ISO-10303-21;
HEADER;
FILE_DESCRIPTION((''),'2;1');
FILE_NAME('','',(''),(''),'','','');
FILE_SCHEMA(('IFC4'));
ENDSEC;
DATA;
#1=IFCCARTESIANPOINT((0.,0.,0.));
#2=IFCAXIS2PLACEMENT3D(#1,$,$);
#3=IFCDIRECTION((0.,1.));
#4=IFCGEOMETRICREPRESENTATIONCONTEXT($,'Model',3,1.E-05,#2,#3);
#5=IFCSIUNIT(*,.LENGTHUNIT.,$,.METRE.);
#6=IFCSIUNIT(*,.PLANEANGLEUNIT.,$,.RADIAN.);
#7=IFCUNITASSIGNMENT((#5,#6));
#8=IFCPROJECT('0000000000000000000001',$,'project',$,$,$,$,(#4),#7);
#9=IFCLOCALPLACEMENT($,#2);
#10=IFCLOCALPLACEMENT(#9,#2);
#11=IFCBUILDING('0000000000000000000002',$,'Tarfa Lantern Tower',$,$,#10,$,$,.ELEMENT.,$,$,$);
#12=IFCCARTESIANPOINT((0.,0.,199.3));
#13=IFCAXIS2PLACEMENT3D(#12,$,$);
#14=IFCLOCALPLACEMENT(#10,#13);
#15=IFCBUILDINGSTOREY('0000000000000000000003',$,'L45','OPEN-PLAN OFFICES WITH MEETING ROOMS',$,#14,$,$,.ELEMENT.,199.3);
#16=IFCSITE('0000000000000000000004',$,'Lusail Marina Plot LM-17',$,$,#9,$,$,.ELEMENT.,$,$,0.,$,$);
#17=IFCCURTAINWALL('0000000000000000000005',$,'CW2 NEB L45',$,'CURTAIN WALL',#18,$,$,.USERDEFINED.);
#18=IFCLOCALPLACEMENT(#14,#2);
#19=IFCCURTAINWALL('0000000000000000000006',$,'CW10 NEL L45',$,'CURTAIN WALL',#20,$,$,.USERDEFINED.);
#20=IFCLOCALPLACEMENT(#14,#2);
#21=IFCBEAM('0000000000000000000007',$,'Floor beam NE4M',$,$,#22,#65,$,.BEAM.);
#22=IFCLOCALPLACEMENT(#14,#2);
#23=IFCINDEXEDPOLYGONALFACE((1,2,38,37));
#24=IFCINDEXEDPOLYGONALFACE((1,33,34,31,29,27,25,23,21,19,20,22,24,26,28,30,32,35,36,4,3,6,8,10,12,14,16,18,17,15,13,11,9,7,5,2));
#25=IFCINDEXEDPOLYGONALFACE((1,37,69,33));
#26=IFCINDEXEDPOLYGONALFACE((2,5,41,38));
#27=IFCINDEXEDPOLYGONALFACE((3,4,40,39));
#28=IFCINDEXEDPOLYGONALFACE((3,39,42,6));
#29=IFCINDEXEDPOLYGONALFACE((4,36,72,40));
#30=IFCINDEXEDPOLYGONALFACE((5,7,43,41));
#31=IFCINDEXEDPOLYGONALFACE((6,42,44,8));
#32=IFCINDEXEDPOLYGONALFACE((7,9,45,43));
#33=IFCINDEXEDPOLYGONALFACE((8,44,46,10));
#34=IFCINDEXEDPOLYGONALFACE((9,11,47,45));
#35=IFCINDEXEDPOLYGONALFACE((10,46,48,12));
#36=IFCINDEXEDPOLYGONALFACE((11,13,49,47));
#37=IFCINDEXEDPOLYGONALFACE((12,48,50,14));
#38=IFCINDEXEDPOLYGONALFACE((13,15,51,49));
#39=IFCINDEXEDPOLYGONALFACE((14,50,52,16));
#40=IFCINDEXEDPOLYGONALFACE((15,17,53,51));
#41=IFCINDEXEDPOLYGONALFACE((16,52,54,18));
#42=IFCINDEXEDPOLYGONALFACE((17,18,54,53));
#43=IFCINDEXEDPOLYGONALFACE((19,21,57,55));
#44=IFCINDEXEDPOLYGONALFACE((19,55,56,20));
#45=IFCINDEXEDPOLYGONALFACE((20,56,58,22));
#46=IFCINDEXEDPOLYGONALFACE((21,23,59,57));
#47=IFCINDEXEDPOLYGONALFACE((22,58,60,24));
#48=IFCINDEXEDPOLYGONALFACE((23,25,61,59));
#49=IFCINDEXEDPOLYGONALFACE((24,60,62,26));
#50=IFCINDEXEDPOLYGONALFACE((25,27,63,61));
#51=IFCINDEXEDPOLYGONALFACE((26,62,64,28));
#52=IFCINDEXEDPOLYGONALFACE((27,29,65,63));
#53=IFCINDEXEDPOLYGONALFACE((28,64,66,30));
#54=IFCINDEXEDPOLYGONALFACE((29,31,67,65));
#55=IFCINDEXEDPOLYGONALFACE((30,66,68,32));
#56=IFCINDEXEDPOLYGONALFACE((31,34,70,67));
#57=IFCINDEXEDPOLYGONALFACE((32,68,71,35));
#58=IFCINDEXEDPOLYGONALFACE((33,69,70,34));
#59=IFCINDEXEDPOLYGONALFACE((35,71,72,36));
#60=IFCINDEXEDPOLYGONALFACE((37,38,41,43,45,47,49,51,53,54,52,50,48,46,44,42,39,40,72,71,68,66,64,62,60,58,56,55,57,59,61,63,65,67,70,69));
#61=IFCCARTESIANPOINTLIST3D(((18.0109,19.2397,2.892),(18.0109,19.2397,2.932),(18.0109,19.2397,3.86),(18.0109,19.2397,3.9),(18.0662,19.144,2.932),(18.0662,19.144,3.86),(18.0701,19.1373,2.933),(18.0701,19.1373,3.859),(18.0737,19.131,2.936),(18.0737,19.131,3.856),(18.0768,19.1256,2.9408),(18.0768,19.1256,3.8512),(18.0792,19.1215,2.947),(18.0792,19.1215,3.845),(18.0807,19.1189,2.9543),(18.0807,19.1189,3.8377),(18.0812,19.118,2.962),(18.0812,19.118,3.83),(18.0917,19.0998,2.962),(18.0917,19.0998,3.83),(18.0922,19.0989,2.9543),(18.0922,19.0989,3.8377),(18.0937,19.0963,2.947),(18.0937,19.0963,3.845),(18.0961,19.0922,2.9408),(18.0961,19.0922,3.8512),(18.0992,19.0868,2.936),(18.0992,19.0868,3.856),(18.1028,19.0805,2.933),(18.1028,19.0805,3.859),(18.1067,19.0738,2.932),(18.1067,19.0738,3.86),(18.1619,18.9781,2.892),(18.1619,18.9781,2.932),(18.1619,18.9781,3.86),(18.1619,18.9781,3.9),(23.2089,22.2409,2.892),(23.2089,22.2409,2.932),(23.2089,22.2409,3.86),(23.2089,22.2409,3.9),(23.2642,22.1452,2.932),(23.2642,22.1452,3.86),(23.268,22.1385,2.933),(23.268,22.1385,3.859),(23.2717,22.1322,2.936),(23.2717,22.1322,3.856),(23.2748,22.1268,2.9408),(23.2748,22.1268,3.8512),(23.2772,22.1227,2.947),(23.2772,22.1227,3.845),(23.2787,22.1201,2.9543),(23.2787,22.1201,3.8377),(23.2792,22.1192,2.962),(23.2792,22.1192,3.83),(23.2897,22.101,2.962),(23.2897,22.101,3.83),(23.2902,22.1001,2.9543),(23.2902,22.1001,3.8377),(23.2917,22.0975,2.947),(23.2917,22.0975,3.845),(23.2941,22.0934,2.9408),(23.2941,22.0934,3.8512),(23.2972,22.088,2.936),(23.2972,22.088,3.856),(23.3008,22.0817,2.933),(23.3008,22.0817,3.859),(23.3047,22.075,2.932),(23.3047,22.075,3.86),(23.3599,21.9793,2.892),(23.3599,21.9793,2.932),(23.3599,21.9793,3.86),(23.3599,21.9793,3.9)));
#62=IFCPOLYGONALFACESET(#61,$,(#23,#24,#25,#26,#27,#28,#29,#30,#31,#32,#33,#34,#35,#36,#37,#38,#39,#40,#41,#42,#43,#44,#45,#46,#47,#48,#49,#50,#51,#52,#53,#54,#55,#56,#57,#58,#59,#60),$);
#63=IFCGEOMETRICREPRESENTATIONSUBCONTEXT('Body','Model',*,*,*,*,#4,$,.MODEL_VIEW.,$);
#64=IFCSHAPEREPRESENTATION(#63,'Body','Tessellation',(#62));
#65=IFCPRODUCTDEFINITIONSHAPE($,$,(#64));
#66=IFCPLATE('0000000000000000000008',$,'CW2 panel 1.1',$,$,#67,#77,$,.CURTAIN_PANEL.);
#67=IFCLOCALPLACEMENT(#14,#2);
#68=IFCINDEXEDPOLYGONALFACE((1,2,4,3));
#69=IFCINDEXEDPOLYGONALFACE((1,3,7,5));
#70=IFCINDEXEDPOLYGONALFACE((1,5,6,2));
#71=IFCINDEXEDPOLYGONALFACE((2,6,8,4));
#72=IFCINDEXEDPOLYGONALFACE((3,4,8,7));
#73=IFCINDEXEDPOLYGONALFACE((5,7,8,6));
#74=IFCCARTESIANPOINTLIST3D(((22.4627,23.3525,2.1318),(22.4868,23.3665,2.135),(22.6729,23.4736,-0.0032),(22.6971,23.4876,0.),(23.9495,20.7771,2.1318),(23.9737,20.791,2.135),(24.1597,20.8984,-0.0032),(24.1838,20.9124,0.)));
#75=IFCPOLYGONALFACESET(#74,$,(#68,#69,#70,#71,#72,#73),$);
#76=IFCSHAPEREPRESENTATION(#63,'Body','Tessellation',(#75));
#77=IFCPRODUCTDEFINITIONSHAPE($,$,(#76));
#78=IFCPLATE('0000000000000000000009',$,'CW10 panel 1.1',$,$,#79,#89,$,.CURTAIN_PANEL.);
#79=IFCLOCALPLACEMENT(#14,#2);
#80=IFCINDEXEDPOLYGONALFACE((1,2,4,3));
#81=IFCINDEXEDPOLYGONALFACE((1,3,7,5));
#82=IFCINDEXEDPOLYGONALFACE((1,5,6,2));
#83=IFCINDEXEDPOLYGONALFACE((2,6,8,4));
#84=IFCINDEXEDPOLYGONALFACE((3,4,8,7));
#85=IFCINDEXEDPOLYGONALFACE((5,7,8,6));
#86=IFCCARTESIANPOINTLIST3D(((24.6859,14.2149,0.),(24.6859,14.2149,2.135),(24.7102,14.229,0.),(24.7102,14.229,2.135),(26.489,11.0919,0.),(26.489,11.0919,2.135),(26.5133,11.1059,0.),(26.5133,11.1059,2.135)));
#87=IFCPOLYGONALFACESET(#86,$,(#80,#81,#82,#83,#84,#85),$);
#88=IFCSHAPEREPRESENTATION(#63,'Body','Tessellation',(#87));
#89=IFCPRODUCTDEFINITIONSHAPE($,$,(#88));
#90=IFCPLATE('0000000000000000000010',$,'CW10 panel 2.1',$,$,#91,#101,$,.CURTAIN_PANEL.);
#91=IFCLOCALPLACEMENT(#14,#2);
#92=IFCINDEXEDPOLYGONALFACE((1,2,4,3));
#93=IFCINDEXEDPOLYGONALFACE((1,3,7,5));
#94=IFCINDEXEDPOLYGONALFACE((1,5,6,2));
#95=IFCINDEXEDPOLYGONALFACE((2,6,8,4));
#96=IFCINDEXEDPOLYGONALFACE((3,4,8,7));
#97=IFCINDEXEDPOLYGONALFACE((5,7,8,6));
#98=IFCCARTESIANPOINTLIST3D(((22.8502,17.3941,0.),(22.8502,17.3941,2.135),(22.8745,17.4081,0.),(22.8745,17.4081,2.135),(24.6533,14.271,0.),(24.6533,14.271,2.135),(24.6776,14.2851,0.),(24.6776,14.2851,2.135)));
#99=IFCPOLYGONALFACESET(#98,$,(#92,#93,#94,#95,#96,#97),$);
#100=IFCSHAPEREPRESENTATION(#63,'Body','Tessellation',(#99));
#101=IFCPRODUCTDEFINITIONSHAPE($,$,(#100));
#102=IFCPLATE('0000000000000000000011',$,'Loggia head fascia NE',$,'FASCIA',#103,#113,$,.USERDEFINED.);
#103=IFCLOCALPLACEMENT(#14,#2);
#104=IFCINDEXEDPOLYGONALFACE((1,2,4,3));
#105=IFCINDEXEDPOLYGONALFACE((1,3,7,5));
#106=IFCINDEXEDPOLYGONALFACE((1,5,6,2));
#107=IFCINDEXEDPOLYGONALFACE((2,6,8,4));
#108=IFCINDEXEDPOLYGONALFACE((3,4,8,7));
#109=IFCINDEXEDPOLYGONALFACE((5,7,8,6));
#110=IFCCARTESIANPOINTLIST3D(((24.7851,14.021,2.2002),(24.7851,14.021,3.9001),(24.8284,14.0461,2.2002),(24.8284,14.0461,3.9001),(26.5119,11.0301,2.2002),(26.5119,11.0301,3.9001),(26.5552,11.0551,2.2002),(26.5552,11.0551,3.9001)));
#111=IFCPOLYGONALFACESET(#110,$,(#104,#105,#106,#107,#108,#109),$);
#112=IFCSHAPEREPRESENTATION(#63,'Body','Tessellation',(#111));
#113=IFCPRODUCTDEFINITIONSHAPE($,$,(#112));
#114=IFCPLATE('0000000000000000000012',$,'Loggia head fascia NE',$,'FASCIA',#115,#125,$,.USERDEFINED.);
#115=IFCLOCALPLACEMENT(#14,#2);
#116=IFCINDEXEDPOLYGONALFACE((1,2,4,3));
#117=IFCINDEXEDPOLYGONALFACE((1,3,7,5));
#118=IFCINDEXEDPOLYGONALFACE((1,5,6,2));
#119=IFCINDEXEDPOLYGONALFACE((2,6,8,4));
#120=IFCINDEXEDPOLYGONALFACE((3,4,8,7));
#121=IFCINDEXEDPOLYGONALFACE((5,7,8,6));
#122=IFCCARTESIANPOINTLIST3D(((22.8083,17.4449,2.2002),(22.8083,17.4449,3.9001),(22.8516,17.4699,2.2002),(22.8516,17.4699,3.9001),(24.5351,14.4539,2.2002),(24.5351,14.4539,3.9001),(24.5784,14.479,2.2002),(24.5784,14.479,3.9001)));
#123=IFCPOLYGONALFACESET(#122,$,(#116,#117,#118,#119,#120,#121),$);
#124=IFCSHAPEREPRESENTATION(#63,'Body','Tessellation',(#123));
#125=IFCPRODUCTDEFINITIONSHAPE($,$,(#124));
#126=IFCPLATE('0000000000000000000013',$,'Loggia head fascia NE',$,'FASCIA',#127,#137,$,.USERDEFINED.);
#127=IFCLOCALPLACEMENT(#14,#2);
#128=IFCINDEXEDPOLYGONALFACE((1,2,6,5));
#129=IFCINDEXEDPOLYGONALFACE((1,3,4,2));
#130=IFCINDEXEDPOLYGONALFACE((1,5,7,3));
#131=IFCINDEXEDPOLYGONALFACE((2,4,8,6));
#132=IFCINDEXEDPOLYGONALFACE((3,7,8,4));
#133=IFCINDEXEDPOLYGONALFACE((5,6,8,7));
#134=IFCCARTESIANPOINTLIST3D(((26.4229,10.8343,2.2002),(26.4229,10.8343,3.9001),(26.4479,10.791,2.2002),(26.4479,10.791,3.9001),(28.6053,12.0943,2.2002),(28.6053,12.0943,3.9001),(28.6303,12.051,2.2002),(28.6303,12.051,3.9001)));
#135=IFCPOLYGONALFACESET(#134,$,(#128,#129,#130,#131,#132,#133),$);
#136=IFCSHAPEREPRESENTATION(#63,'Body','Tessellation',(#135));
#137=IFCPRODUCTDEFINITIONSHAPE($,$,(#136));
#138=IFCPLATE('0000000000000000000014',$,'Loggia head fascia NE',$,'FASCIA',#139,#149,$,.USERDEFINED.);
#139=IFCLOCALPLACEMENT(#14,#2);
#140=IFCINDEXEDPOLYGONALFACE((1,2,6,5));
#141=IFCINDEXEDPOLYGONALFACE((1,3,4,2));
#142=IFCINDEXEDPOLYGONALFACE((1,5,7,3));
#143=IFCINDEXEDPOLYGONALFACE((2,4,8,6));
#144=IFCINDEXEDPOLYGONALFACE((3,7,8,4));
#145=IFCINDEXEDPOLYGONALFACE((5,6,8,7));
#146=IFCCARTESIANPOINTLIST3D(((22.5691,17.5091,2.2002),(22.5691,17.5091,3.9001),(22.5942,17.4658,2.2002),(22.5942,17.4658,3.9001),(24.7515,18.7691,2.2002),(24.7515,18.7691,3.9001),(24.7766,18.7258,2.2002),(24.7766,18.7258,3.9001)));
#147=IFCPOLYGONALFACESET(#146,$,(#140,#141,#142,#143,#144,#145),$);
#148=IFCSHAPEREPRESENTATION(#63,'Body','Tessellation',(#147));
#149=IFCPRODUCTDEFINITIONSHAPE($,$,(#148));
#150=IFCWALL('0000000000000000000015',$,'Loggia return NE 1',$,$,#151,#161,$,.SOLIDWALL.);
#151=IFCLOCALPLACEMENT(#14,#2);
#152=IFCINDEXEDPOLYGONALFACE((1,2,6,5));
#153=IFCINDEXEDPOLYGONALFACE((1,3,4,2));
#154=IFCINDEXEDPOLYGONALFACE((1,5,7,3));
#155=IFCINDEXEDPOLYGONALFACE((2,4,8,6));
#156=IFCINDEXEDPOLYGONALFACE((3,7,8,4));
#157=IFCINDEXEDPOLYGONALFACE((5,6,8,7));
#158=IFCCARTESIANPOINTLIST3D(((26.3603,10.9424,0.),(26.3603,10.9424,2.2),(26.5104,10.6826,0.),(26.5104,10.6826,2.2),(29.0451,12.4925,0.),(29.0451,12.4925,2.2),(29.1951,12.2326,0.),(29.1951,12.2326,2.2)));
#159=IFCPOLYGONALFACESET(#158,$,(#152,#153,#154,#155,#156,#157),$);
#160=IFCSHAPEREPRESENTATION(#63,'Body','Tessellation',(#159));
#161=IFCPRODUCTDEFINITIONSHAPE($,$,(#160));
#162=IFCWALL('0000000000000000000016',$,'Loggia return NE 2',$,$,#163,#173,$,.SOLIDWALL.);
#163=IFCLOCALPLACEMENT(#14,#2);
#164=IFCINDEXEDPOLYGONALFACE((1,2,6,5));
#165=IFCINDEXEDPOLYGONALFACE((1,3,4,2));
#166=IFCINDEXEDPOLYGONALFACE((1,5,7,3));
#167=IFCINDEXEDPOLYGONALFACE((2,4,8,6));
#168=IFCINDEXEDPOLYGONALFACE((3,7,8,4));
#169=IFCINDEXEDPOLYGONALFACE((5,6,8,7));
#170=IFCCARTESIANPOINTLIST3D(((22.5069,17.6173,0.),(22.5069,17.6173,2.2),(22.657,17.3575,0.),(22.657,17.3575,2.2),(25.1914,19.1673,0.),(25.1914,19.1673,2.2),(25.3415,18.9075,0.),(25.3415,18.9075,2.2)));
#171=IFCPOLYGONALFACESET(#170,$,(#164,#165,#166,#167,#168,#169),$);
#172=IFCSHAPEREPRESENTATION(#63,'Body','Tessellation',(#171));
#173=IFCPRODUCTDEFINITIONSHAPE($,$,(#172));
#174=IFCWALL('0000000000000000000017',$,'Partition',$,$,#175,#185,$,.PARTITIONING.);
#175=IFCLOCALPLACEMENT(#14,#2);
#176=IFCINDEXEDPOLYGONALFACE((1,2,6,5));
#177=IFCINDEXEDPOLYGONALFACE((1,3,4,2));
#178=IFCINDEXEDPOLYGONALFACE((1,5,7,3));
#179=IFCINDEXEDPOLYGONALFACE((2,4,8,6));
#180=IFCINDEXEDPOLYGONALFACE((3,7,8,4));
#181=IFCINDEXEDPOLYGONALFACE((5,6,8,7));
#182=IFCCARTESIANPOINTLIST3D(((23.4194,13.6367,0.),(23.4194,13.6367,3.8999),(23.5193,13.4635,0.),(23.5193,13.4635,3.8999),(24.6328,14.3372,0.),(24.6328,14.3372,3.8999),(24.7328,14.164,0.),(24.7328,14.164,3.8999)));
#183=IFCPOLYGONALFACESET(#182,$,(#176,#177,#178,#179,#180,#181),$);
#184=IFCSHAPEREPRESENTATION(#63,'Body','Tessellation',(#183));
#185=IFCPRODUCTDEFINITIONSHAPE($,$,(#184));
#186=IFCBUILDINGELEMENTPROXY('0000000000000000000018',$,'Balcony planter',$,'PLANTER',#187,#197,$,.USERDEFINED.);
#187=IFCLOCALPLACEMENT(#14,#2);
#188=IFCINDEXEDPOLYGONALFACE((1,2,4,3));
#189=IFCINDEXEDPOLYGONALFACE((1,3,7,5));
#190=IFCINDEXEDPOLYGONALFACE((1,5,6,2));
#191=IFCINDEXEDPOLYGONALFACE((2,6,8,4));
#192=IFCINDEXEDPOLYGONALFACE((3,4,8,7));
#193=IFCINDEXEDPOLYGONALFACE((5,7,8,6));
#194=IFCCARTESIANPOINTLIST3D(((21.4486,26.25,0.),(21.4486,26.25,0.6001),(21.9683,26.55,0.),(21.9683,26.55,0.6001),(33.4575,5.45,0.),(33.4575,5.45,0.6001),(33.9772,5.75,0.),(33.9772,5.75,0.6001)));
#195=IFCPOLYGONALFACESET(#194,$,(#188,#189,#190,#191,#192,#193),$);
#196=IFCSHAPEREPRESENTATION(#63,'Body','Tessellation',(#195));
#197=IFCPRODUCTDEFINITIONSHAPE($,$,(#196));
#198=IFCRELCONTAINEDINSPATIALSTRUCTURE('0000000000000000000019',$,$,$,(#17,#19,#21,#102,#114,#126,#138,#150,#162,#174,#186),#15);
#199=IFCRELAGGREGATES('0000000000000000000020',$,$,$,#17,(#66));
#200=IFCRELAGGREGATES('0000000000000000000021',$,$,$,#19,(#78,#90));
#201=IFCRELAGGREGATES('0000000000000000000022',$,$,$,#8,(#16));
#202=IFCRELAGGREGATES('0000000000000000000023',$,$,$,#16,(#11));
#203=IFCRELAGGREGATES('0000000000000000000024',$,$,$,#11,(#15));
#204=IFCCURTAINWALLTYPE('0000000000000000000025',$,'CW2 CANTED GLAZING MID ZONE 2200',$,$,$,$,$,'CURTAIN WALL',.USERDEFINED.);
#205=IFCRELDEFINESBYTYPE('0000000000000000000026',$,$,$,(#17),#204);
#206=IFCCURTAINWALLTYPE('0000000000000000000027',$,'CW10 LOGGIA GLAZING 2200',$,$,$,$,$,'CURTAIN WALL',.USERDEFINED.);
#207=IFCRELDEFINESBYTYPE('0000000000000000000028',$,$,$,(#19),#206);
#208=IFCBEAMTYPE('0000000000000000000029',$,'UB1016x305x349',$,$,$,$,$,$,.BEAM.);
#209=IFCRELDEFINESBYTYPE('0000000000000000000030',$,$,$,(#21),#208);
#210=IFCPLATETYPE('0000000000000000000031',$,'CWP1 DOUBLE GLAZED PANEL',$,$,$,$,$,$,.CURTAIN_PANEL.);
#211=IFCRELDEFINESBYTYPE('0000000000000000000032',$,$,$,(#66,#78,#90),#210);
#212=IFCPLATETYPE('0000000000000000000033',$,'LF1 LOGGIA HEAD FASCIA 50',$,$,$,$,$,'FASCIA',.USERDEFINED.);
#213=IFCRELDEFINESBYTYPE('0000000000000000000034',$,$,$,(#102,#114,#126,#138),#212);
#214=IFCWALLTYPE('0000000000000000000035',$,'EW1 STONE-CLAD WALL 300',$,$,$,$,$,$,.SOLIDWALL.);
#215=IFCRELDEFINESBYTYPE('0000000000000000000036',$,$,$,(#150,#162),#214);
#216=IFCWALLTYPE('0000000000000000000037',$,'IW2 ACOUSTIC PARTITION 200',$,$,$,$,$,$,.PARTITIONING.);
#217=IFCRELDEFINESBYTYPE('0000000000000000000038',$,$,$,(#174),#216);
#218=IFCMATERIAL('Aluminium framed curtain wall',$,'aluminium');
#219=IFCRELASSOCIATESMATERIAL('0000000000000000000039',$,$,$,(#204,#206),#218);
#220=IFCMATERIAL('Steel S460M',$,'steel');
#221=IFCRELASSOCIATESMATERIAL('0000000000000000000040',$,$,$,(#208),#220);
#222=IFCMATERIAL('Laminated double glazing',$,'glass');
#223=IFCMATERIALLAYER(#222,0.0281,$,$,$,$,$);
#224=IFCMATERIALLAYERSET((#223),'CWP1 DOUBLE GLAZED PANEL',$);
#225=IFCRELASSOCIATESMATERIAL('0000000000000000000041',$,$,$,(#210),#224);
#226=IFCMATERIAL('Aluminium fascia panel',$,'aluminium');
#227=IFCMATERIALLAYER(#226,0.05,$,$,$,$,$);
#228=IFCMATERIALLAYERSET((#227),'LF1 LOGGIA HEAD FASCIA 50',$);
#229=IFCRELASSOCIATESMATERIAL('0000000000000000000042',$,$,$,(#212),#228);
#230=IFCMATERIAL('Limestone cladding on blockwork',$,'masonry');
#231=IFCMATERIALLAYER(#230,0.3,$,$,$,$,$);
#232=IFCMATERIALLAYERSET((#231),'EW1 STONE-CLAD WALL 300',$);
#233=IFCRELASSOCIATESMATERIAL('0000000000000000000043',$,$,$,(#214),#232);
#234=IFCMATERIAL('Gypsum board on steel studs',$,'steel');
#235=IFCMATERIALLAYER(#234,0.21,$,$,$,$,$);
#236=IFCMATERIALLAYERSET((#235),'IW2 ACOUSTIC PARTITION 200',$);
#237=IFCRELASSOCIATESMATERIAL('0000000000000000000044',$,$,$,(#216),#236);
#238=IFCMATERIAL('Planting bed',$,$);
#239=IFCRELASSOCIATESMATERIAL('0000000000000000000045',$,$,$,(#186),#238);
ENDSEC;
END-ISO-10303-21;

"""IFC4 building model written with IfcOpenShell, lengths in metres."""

from ifc_helpers import new_model, si_unit, direction, frame, frame_2d, origin, origin_2d, place, context, subcontext, project, spatial, polyline, rectangle, i_section, outline, extrude, material, layer, layer_set, material_profile, profile_set, type_object, element, aggregate, save


model = new_model("IFC4")

# Units and contexts
model_context = context("Model", 3, precision=1e-05, world=origin(), true_north=direction((0.0, 1.0)))
body_context = subcontext(model_context, "Body", "Model", "MODEL_VIEW")
ifc_project = project(units=[si_unit("LENGTHUNIT", "METRE"), si_unit("PLANEANGLEUNIT", "RADIAN")], contexts=[model_context])

# Site, building, storey
site_placement = place(None, origin())
site = spatial("IfcSite", under=ifc_project, at=site_placement, Name="Lusail Marina Plot LM-17", CompositionType="ELEMENT", RefElevation=0.0)
building_placement = place(site_placement, origin())
building = spatial("IfcBuilding", under=site, at=building_placement, Name="Tarfa Lantern Tower", CompositionType="ELEMENT")
storey_placement = place(building_placement, frame((0.0, 0.0, 199.3)))
storey = spatial("IfcBuildingStorey", under=building, at=storey_placement, Name="L45", Description="OPEN-PLAN OFFICES WITH MEETING ROOMS", CompositionType="ELEMENT", Elevation=199.3)

# Curtain wall
ifc_material_1 = material(Name="Aluminium framed curtain wall", Category="aluminium")
curtain_wall_type_1 = type_object("IfcCurtainWallType", Name="CW2 CANTED GLAZING MID ZONE 2200", ElementType="CURTAIN WALL", PredefinedType="USERDEFINED", material=ifc_material_1)
curtain_wall_1_placement = place(storey_placement, origin())
curtain_wall_1 = element("IfcCurtainWall", 1, at=curtain_wall_1_placement, inside=storey, type_object=curtain_wall_type_1, Name="CW2 NEB L45", ObjectType="CURTAIN WALL", PredefinedType="USERDEFINED")

# Curtain wall
curtain_wall_type_2 = type_object("IfcCurtainWallType", Name="CW10 LOGGIA GLAZING 2200", ElementType="CURTAIN WALL", PredefinedType="USERDEFINED", material=ifc_material_1)
curtain_wall_2_placement = place(storey_placement, origin())
curtain_wall_2 = element("IfcCurtainWall", 2, at=curtain_wall_2_placement, inside=storey, type_object=curtain_wall_type_2, Name="CW10 NEL L45", ObjectType="CURTAIN WALL", PredefinedType="USERDEFINED")

# Beam
ifc_material_2 = material(Name="Steel S460M", Category="steel")
ifc_material_profile_1 = material_profile(ifc_material_2, i_section(OverallWidth=0.302, OverallDepth=1.0081, WebThickness=0.021, FlangeThickness=0.04, FilletRadius=0.03, at=origin_2d()), Name="UB1016x305x349")
ifc_profile_set_1 = profile_set([ifc_material_profile_1], Name="Steel S460M")
beam_type_1 = type_object("IfcBeamType", Name="UB1016x305x349", PredefinedType="BEAM", material=ifc_profile_set_1)
beam_1_placement = place(storey_placement, frame((23.2844, 22.1101, 3.396), z_axis=(-0.866014, -0.500019, 0.0), x_axis=(0.500019, -0.866014, 0.0)))
element("IfcBeam", 3, at=beam_1_placement, inside=storey, type_object=beam_type_1, Name="Floor beam NE4M", PredefinedType="BEAM", context=body_context, shape_type="SweptSolid", body=[
    extrude(i_section(OverallWidth=0.302, OverallDepth=1.0081, WebThickness=0.021, FlangeThickness=0.04, FilletRadius=0.03, at=origin_2d()), origin(), (0.0, 0.0, 1.0), 6.0022),
])

# Plates
ifc_material_3 = material(Name="Laminated double glazing", Category="glass")
ifc_layer_1 = layer(ifc_material_3, 0.0281)
ifc_layer_set_1 = layer_set([ifc_layer_1], Name="CWP1 DOUBLE GLAZED PANEL")
plate_type_1 = type_object("IfcPlateType", Name="CWP1 DOUBLE GLAZED PANEL", PredefinedType="CURTAIN_PANEL", material=ifc_layer_set_1)
plate_1_placement = place(storey_placement, frame((24.1838, 20.9124, 0.0), z_axis=(0.860492, 0.496791, 0.112926), x_axis=(-0.499989, 0.866032, 0.000002)))
plate_1 = element("IfcPlate", 4, at=plate_1_placement, type_object=plate_type_1, Name="CW2 panel 1.1", PredefinedType="CURTAIN_PANEL", context=body_context, shape_type="SweptSolid", body=[
    extrude(outline(polyline([(0.0, 0.0), (2.9736, 0.0), (2.9738, 2.1487), (0.0, 2.1488), (0.0, 0.0)])), origin(), (0.0, 0.0, -1.0), 0.0281),
])
aggregate(curtain_wall_1, [plate_1])
plate_2_placement = place(storey_placement, frame((25.5996, 12.6604, 0.0), z_axis=(0.0, 0.0, 1.0), x_axis=(-0.5, 0.866025, 0.0)))
plate_2 = element("IfcPlate", 5, at=plate_2_placement, type_object=plate_type_1, Name="CW10 panel 1.1", PredefinedType="CURTAIN_PANEL", context=body_context, shape_type="SweptSolid", body=[
    extrude(rectangle(XDim=3.6062, YDim=0.0281, at=origin_2d()), origin(), (0.0, 0.0, 1.0), 2.135),
])
plate_3_placement = place(storey_placement, frame((23.7639, 15.8396, 0.0), z_axis=(0.0, 0.0, 1.0), x_axis=(-0.5, 0.866025, 0.0)))
plate_3 = element("IfcPlate", 6, at=plate_3_placement, type_object=plate_type_1, Name="CW10 panel 2.1", PredefinedType="CURTAIN_PANEL", context=body_context, shape_type="SweptSolid", body=[
    extrude(rectangle(XDim=3.6062, YDim=0.0281, at=origin_2d()), origin(), (0.0, 0.0, 1.0), 2.135),
])
aggregate(curtain_wall_2, [plate_2, plate_3])

# Plates
ifc_material_4 = material(Name="Aluminium fascia panel", Category="aluminium")
ifc_layer_2 = layer(ifc_material_4, 0.05)
ifc_layer_set_2 = layer_set([ifc_layer_2], Name="LF1 LOGGIA HEAD FASCIA 50")
plate_type_2 = type_object("IfcPlateType", Name="LF1 LOGGIA HEAD FASCIA 50", ElementType="FASCIA", PredefinedType="USERDEFINED", material=ifc_layer_set_2)
for number, where, z_axis, x_axis, name in (
    (7, (25.6702, 12.5381, 2.2002), (0.0, 0.0, 1.0), (-0.5, 0.866025, 0.0), "Loggia head fascia NE"),
    (8, (23.6934, 15.9619, 2.2002), (0.0, 0.0, 1.0), (-0.5, 0.866025, 0.0), "Loggia head fascia NE"),
):
    element("IfcPlate", number, at=place(storey_placement, frame(where, z_axis=z_axis, x_axis=x_axis)), inside=storey, type_object=plate_type_2, Name=name, ObjectType="FASCIA", PredefinedType="USERDEFINED", context=body_context, shape_type="SweptSolid", body=[
        extrude(rectangle(XDim=3.4536, YDim=0.05, at=origin_2d()), origin(), (0.0, 0.0, 1.0), 1.7),
    ])
for number, where, z_axis, x_axis, name in (
    (9, (27.5266, 11.4426, 2.2002), (0.0, 0.0, 1.0), (-0.866025, -0.5, 0.0), "Loggia head fascia NE"),
    (10, (23.6729, 18.1174, 2.2002), (0.0, 0.0, 1.0), (-0.866025, -0.5, 0.0), "Loggia head fascia NE"),
):
    element("IfcPlate", number, at=place(storey_placement, frame(where, z_axis=z_axis, x_axis=x_axis)), inside=storey, type_object=plate_type_2, Name=name, ObjectType="FASCIA", PredefinedType="USERDEFINED", context=body_context, shape_type="SweptSolid", body=[
        extrude(rectangle(XDim=2.52, YDim=0.05, at=origin_2d()), origin(), (0.0, 0.0, 1.0), 1.7),
    ])

# Walls
ifc_material_5 = material(Name="Limestone cladding on blockwork", Category="masonry")
ifc_layer_3 = layer(ifc_material_5, 0.3)
ifc_layer_set_3 = layer_set([ifc_layer_3], Name="EW1 STONE-CLAD WALL 300")
wall_type_1 = type_object("IfcWallType", Name="EW1 STONE-CLAD WALL 300", PredefinedType="SOLIDWALL", material=ifc_layer_set_3)
wall_1_placement = place(storey_placement, frame((29.1201, 12.3625, 0.0), z_axis=(0.0, 0.0, 1.0), x_axis=(-0.86603, -0.499993, 0.0)))
element("IfcWall", 11, at=wall_1_placement, inside=storey, type_object=wall_type_1, Name="Loggia return NE 1", PredefinedType="SOLIDWALL", context=body_context, shape_type="SweptSolid", body=[
    extrude(rectangle(XDim=3.1001, YDim=0.3, at=frame_2d((1.55, 0.0))), origin(), (0.0, 0.0, 1.0), 2.2),
])
wall_2_placement = place(storey_placement, frame((25.2664, 19.0374, 0.0), z_axis=(0.0, 0.0, 1.0), x_axis=(-0.86601, -0.500027, 0.0)))
element("IfcWall", 12, at=wall_2_placement, inside=storey, type_object=wall_type_1, Name="Loggia return NE 2", PredefinedType="SOLIDWALL", context=body_context, shape_type="SweptSolid", body=[
    extrude(rectangle(XDim=3.0999, YDim=0.3, at=frame_2d((1.5498, 0.0))), origin(), (0.0, 0.0, 1.0), 2.2),
])
ifc_material_6 = material(Name="Gypsum board on steel studs", Category="steel")
ifc_layer_4 = layer(ifc_material_6, 0.21)
ifc_layer_set_4 = layer_set([ifc_layer_4], Name="IW2 ACOUSTIC PARTITION 200")
wall_type_2 = type_object("IfcWallType", Name="IW2 ACOUSTIC PARTITION 200", PredefinedType="PARTITIONING", material=ifc_layer_set_4)
wall_3_placement = place(storey_placement, frame((23.4692, 13.55, 0.0), z_axis=(0.0, 0.0, 1.0), x_axis=(0.866058, 0.499944, 0.0)))
element("IfcWall", 13, at=wall_3_placement, inside=storey, type_object=wall_type_2, Name="Partition", PredefinedType="PARTITIONING", context=body_context, shape_type="SweptSolid", body=[
    extrude(rectangle(XDim=1.4011, YDim=0.2, at=frame_2d((0.7007, 0.0))), origin(), (0.0, 0.0, 1.0), 3.8999),
])

# Building element proxy
ifc_material_7 = material(Name="Planting bed")
proxy_placement = place(storey_placement, frame((27.7129, 16.0, 0.0), z_axis=(0.0, 0.0, 1.0), x_axis=(-0.5, 0.866025, 0.0)))
element("IfcBuildingElementProxy", 14, at=proxy_placement, inside=storey, material=ifc_material_7, Name="Balcony planter", ObjectType="PLANTER", PredefinedType="USERDEFINED", context=body_context, shape_type="SweptSolid", body=[
    extrude(rectangle(XDim=24.0178, YDim=0.6001, at=origin_2d()), origin(), (0.0, 0.0, 1.0), 0.6001),
])

save(model, "model.ifc")
